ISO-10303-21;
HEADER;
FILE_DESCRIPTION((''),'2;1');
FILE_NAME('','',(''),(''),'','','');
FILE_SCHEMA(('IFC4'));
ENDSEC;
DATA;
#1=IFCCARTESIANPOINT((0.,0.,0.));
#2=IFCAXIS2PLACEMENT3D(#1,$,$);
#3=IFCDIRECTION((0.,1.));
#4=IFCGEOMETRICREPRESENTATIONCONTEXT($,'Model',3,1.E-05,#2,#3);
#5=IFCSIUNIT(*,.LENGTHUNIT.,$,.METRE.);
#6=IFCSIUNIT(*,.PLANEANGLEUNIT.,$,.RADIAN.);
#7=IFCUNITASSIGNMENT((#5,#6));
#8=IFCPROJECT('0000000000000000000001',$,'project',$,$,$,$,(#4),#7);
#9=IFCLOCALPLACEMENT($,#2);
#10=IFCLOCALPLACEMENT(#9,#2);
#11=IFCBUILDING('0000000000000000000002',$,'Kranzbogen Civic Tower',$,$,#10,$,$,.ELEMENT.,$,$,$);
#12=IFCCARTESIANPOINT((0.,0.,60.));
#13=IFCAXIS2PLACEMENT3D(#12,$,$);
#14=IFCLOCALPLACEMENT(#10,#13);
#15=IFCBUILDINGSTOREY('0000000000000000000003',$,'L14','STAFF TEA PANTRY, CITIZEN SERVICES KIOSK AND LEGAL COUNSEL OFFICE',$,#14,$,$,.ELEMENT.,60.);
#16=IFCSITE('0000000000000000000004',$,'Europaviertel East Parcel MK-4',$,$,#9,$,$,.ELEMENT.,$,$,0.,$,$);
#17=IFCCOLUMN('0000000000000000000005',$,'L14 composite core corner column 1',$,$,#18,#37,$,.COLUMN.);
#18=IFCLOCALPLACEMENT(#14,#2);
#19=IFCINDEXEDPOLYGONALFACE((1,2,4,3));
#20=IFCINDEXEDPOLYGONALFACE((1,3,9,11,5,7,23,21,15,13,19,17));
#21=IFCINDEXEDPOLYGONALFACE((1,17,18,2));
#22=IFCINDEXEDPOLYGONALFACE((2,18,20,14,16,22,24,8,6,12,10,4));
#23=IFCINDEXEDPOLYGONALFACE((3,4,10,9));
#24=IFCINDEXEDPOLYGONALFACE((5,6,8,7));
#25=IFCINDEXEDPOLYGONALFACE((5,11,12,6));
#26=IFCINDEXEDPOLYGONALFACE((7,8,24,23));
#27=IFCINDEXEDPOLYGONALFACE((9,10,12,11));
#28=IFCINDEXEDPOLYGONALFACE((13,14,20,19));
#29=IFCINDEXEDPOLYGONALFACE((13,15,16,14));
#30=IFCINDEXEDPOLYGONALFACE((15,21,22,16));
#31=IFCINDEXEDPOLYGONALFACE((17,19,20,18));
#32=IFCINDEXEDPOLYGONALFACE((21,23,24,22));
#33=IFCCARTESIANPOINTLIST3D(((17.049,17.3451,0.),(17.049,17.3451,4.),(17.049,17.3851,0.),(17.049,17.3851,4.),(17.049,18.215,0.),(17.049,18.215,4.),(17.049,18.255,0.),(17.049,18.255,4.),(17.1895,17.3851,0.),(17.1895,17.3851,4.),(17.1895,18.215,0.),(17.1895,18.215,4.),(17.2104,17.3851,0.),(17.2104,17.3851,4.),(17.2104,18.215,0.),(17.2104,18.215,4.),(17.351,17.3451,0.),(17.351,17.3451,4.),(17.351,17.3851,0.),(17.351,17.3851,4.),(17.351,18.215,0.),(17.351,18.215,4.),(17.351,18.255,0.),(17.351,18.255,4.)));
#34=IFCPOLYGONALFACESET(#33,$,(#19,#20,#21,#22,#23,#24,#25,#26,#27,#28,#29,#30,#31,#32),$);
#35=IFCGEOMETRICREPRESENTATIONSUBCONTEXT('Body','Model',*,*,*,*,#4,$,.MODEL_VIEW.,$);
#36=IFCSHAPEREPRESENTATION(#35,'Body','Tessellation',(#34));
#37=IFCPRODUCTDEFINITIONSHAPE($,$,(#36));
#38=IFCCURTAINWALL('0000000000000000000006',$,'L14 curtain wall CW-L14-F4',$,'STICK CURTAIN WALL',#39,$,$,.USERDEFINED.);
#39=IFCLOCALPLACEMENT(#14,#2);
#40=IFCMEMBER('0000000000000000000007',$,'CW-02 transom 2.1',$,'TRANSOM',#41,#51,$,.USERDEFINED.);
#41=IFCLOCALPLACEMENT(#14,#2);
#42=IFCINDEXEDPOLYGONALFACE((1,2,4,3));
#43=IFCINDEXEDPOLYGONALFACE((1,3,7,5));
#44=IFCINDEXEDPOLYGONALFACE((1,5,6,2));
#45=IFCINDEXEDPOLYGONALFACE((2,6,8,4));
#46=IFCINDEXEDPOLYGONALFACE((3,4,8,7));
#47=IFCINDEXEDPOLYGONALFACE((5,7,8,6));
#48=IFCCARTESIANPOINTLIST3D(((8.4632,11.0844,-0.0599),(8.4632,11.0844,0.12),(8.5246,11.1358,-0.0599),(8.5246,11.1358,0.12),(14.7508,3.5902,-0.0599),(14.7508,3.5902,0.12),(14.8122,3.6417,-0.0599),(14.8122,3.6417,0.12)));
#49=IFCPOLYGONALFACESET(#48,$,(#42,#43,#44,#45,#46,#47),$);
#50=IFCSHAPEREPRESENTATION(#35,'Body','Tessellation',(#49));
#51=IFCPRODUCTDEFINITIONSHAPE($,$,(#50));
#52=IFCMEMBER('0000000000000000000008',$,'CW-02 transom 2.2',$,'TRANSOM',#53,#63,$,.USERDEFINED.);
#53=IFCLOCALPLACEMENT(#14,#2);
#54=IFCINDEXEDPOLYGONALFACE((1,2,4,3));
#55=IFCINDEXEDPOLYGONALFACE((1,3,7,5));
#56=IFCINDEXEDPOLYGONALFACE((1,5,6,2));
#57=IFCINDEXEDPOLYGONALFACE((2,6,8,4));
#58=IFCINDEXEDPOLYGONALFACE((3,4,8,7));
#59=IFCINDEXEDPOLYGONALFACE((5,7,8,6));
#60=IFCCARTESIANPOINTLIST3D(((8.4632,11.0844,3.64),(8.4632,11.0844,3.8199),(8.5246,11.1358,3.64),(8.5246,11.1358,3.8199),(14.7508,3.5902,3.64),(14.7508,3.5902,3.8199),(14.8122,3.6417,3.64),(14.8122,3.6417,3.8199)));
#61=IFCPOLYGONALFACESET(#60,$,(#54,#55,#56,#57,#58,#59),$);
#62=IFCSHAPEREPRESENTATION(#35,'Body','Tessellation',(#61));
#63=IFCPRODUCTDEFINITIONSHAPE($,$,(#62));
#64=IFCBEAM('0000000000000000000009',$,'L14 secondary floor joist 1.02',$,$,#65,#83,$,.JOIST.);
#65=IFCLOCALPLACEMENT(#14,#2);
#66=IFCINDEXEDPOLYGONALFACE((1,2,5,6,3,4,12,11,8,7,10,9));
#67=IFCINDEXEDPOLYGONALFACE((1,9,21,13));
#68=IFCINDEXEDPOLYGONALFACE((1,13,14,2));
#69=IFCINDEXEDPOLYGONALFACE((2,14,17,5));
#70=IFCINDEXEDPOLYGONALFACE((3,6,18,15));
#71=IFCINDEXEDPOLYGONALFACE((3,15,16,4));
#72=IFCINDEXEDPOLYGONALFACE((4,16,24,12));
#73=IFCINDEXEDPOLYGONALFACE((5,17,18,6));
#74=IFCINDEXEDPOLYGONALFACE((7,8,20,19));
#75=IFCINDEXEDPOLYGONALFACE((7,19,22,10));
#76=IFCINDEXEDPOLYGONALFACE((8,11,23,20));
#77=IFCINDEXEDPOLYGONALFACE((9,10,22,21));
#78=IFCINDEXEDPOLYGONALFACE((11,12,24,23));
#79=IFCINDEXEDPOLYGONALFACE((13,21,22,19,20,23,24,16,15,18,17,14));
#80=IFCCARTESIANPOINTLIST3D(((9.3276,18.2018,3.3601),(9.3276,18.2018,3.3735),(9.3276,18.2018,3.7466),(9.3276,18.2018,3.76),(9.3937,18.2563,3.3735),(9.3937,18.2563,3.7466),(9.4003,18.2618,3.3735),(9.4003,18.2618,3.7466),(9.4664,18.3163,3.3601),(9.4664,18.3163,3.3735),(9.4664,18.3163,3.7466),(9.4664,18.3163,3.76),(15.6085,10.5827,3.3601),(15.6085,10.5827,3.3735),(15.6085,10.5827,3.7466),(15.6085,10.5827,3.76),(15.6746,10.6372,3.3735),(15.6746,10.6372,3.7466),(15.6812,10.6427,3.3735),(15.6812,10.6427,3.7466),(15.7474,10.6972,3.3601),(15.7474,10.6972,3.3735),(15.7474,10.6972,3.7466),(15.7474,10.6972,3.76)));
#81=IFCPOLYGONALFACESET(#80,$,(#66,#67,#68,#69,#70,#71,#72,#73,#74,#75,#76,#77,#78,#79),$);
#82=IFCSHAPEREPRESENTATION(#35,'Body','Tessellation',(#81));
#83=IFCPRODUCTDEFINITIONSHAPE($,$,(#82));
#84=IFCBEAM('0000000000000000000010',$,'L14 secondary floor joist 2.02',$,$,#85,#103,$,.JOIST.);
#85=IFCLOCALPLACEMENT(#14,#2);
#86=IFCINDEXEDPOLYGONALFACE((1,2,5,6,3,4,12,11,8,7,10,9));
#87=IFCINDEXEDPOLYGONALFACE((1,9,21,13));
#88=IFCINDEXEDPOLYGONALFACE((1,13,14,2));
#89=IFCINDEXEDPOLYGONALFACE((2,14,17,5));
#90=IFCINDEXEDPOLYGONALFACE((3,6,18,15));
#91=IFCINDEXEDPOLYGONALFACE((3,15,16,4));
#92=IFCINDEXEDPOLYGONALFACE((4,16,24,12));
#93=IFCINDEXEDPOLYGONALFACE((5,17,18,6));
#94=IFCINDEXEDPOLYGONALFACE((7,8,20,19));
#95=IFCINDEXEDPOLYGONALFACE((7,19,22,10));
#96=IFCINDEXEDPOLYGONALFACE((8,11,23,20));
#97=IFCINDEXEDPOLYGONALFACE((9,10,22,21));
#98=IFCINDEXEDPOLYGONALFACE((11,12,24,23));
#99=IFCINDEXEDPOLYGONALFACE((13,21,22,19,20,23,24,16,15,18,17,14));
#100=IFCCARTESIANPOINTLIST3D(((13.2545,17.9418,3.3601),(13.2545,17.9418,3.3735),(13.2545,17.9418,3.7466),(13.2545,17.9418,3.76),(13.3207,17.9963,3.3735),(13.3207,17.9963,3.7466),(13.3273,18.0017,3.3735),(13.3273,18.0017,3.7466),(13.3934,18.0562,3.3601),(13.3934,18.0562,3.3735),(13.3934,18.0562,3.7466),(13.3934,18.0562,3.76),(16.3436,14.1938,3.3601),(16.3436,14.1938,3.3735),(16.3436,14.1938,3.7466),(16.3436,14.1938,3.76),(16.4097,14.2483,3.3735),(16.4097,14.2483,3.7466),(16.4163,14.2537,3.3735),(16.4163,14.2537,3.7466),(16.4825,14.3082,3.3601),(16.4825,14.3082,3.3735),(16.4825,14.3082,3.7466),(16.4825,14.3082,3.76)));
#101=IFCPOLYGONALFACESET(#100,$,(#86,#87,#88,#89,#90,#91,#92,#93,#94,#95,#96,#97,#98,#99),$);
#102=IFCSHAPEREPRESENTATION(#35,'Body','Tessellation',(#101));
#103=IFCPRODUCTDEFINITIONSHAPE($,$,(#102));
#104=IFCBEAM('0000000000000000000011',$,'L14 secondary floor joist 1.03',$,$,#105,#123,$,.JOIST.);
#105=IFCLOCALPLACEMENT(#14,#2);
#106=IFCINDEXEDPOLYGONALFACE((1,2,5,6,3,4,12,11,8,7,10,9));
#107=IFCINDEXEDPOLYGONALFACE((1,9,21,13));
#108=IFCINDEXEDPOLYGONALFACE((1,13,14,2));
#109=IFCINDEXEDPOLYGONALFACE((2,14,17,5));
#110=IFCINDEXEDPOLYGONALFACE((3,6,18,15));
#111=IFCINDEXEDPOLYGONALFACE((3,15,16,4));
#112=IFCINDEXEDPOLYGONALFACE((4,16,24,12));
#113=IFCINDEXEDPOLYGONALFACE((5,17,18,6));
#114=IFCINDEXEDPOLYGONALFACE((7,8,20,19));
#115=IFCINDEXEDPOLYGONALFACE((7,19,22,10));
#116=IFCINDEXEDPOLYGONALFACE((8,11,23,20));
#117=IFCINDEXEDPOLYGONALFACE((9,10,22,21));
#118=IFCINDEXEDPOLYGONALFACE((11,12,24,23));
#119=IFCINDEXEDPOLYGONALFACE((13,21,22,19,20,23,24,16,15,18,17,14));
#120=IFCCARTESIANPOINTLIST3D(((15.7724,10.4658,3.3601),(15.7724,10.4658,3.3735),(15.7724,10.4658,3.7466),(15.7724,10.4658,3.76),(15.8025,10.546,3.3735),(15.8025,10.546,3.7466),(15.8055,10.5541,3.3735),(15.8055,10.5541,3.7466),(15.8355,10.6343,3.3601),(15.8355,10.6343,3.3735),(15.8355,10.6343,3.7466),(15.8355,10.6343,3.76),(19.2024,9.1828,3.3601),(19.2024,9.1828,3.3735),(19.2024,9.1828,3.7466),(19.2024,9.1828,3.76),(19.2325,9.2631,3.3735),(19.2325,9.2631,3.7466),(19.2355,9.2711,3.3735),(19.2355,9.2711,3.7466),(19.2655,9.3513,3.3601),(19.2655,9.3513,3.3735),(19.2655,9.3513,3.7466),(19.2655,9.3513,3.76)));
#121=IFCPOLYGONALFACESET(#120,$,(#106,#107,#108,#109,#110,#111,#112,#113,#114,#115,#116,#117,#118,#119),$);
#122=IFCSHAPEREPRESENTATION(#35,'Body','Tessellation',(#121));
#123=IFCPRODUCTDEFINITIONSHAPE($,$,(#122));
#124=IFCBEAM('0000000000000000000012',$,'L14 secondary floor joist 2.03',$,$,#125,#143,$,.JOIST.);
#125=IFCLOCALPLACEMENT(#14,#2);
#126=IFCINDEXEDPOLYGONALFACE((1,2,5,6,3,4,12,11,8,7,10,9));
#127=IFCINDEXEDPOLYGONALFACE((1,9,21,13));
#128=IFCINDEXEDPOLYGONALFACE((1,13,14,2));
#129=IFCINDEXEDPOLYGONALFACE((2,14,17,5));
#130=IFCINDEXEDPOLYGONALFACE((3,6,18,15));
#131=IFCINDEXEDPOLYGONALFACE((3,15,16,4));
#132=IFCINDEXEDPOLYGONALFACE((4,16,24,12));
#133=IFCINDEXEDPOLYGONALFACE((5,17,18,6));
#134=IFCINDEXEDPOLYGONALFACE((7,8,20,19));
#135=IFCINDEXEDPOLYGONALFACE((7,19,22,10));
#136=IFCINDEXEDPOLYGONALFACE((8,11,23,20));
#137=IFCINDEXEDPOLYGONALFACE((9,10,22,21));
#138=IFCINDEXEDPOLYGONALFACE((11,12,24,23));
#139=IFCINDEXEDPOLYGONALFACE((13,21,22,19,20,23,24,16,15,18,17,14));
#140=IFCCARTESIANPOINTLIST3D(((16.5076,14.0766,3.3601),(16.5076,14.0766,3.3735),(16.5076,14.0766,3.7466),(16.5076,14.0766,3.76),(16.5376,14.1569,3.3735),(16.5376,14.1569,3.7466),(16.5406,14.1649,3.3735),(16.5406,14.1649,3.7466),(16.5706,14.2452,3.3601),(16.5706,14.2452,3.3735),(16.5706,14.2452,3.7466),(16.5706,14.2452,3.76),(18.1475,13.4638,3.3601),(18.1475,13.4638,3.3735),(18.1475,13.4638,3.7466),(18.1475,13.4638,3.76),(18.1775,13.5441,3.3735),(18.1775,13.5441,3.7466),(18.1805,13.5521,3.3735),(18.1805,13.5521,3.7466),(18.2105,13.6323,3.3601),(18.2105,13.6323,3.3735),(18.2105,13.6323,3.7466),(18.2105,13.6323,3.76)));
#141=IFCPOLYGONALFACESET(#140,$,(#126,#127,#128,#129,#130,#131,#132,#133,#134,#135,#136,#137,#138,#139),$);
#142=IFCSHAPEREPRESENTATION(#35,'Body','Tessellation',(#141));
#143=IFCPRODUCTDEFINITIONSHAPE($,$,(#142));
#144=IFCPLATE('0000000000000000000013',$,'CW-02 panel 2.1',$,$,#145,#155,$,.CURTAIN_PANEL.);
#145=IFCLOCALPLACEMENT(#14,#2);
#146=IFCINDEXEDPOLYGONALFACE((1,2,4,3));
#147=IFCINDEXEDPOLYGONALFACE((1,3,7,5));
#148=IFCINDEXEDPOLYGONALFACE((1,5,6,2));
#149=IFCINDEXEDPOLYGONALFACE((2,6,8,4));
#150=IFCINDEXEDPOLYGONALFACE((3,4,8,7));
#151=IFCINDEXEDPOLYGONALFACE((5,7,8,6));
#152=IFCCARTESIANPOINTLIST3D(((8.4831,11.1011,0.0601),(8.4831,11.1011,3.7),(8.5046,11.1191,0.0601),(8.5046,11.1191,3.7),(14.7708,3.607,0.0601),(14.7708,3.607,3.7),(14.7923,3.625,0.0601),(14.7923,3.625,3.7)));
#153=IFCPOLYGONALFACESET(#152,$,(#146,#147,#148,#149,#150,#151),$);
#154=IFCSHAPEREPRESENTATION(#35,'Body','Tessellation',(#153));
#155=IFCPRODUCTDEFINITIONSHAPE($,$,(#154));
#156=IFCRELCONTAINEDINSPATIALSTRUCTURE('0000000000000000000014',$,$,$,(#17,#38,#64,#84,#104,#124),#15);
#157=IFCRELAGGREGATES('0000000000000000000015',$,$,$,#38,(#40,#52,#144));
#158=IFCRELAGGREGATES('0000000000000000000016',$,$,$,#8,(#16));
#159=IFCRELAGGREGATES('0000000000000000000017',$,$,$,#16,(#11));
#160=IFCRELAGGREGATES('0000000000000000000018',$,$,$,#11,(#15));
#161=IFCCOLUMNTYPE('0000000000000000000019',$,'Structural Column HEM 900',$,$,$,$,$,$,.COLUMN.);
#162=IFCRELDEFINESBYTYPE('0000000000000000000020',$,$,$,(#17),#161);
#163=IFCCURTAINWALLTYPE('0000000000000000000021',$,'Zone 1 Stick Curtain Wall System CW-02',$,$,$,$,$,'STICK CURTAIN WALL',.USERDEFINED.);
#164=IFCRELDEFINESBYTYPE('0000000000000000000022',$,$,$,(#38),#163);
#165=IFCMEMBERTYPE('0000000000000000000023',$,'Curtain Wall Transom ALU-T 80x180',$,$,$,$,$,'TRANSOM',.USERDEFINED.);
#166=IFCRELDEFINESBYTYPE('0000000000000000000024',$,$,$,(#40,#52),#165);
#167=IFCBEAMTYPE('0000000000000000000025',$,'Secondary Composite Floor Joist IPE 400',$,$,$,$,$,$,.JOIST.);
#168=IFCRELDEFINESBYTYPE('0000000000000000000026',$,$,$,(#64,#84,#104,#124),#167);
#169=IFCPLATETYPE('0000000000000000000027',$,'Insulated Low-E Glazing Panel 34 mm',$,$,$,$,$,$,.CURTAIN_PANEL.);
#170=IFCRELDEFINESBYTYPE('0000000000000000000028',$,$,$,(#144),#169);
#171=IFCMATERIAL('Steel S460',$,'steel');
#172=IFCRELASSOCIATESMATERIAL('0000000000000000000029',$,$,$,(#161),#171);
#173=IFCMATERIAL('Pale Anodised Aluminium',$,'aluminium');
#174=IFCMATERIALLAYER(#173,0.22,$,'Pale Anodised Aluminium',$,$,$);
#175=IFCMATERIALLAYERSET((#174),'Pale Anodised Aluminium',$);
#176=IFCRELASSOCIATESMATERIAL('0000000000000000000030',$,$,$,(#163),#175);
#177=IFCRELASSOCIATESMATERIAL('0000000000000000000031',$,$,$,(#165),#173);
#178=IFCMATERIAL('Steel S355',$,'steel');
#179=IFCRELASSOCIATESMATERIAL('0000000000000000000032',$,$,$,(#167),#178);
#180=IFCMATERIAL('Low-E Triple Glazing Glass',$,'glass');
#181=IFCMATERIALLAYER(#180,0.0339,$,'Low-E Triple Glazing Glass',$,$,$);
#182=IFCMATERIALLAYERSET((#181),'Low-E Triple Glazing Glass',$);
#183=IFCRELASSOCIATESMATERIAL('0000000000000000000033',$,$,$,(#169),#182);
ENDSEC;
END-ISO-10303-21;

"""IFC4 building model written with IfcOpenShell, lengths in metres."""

from ifc_helpers import new_model, si_unit, direction, frame, origin, origin_2d, place, context, subcontext, project, spatial, rectangle, i_section, extrude, material, layer, layer_set, material_profile, profile_set, type_object, element, aggregate, save


model = new_model("IFC4")

# Units and contexts
model_context = context("Model", 3, precision=1e-05, world=origin(), true_north=direction((0.0, 1.0)))
body_context = subcontext(model_context, "Body", "Model", "MODEL_VIEW")
ifc_project = project(units=[si_unit("LENGTHUNIT", "METRE"), si_unit("PLANEANGLEUNIT", "RADIAN")], contexts=[model_context])

# Site, building, storey
site_placement = place(None, origin())
site = spatial("IfcSite", under=ifc_project, at=site_placement, Name="Europaviertel East Parcel MK-4", CompositionType="ELEMENT", RefElevation=0.0)
building_placement = place(site_placement, origin())
building = spatial("IfcBuilding", under=site, at=building_placement, Name="Kranzbogen Civic Tower", CompositionType="ELEMENT")
storey_placement = place(building_placement, frame((0.0, 0.0, 60.0)))
storey = spatial("IfcBuildingStorey", under=building, at=storey_placement, Name="L14", Description="STAFF TEA PANTRY, CITIZEN SERVICES KIOSK AND LEGAL COUNSEL OFFICE", CompositionType="ELEMENT", Elevation=60.0)

# Column
ifc_material_1 = material(Name="Steel S460", Category="steel")
ifc_material_profile_1 = material_profile(ifc_material_1, i_section(OverallWidth=0.302, OverallDepth=0.9099, WebThickness=0.021, FlangeThickness=0.04, at=origin_2d()), Name="HEM 900")
ifc_profile_set_1 = profile_set([ifc_material_profile_1], Name="Steel S460")
column_type = type_object("IfcColumnType", Name="Structural Column HEM 900", PredefinedType="COLUMN", material=ifc_profile_set_1)
column_placement = place(storey_placement, frame((17.2, 17.8, 0.0), z_axis=(0.0, 0.0, 1.0), x_axis=(1.0, 0.0, 0.0)))
element("IfcColumn", 1, at=column_placement, inside=storey, type_object=column_type, Name="L14 composite core corner column 1", PredefinedType="COLUMN", context=body_context, shape_type="SweptSolid", body=[
    extrude(i_section(OverallWidth=0.302, OverallDepth=0.9099, WebThickness=0.021, FlangeThickness=0.04, at=origin_2d()), origin(), (0.0, 0.0, 1.0), 4.0),
])

# Curtain wall, members
ifc_material_2 = material(Name="Pale Anodised Aluminium", Category="aluminium")
ifc_layer_1 = layer(ifc_material_2, 0.22, Name="Pale Anodised Aluminium")
ifc_layer_set_1 = layer_set([ifc_layer_1], Name="Pale Anodised Aluminium")
curtain_wall_type = type_object("IfcCurtainWallType", Name="Zone 1 Stick Curtain Wall System CW-02", ElementType="STICK CURTAIN WALL", PredefinedType="USERDEFINED", material=ifc_layer_set_1)
curtain_wall_placement = place(storey_placement, origin())
curtain_wall = element("IfcCurtainWall", 2, at=curtain_wall_placement, inside=storey, type_object=curtain_wall_type, Name="L14 curtain wall CW-L14-F4", ObjectType="STICK CURTAIN WALL", PredefinedType="USERDEFINED")
ifc_material_profile_2 = material_profile(ifc_material_2, rectangle(XDim=0.0801, YDim=0.1799, at=origin_2d()), Name="ALU-T 80x180")
ifc_profile_set_2 = profile_set([ifc_material_profile_2], Name="Pale Anodised Aluminium")
member_type = type_object("IfcMemberType", Name="Curtain Wall Transom ALU-T 80x180", ElementType="TRANSOM", PredefinedType="USERDEFINED", material=ifc_profile_set_2)
member_1_placement = place(storey_placement, frame((8.4939, 11.1101, 0.03), z_axis=(0.642744, -0.766081, 0.0), x_axis=(0.766081, 0.642744, 0.0)))
member_1 = element("IfcMember", 3, at=member_1_placement, type_object=member_type, Name="CW-02 transom 2.1", ObjectType="TRANSOM", PredefinedType="USERDEFINED", context=body_context, shape_type="SweptSolid", body=[
    extrude(rectangle(XDim=0.0801, YDim=0.1799, at=origin_2d()), origin(), (0.0, 0.0, 1.0), 9.7825),
])
member_2_placement = place(storey_placement, frame((8.4939, 11.1101, 3.73), z_axis=(0.642744, -0.766081, 0.0), x_axis=(0.766081, 0.642744, 0.0)))
member_2 = element("IfcMember", 4, at=member_2_placement, type_object=member_type, Name="CW-02 transom 2.2", ObjectType="TRANSOM", PredefinedType="USERDEFINED", context=body_context, shape_type="SweptSolid", body=[
    extrude(rectangle(XDim=0.0801, YDim=0.1799, at=origin_2d()), origin(), (0.0, 0.0, 1.0), 9.7825),
])

# Beams
ifc_material_3 = material(Name="Steel S355", Category="steel")
ifc_material_profile_3 = material_profile(ifc_material_3, i_section(OverallWidth=0.1799, OverallDepth=0.3999, WebThickness=0.0085, FlangeThickness=0.0134, at=origin_2d()), Name="IPE 400")
ifc_profile_set_3 = profile_set([ifc_material_profile_3], Name="Steel S355")
beam_type = type_object("IfcBeamType", Name="Secondary Composite Floor Joist IPE 400", PredefinedType="JOIST", material=ifc_profile_set_3)
beam_1_placement = place(storey_placement, frame((9.397, 18.259, 3.5601), z_axis=(0.636095, -0.771611, 0.0), x_axis=(0.771611, 0.636095, 0.0)))
element("IfcBeam", 5, at=beam_1_placement, inside=storey, type_object=beam_type, Name="L14 secondary floor joist 1.02", PredefinedType="JOIST", context=body_context, shape_type="SweptSolid", body=[
    extrude(i_section(OverallWidth=0.1799, OverallDepth=0.3999, WebThickness=0.0085, FlangeThickness=0.0134, at=origin_2d()), origin(), (0.0, 0.0, 1.0), 9.8743),
])
beam_2_placement = place(storey_placement, frame((13.324, 17.999, 3.5601), z_axis=(0.636012, -0.771679, 0.0), x_axis=(0.771679, 0.636012, 0.0)))
element("IfcBeam", 6, at=beam_2_placement, inside=storey, type_object=beam_type, Name="L14 secondary floor joist 2.02", PredefinedType="JOIST", context=body_context, shape_type="SweptSolid", body=[
    extrude(i_section(OverallWidth=0.1799, OverallDepth=0.3999, WebThickness=0.0085, FlangeThickness=0.0134, at=origin_2d()), origin(), (0.0, 0.0, 1.0), 4.8569),
])
beam_3_placement = place(storey_placement, frame((15.804, 10.55, 3.5601), z_axis=(0.936622, -0.350342, 0.0), x_axis=(0.350342, 0.936622, 0.0)))
element("IfcBeam", 7, at=beam_3_placement, inside=storey, type_object=beam_type, Name="L14 secondary floor joist 1.03", PredefinedType="JOIST", context=body_context, shape_type="SweptSolid", body=[
    extrude(i_section(OverallWidth=0.1799, OverallDepth=0.3999, WebThickness=0.0085, FlangeThickness=0.0134, at=origin_2d()), origin(), (0.0, 0.0, 1.0), 3.6621),
])
beam_4_placement = place(storey_placement, frame((16.5391, 14.1609, 3.5601), z_axis=(0.936735, -0.350038, 0.0), x_axis=(0.350038, 0.936735, 0.0)))
element("IfcBeam", 8, at=beam_4_placement, inside=storey, type_object=beam_type, Name="L14 secondary floor joist 2.03", PredefinedType="JOIST", context=body_context, shape_type="SweptSolid", body=[
    extrude(i_section(OverallWidth=0.1799, OverallDepth=0.3999, WebThickness=0.0085, FlangeThickness=0.0134, at=origin_2d()), origin(), (0.0, 0.0, 1.0), 1.7507),
])

# Plate
ifc_material_4 = material(Name="Low-E Triple Glazing Glass", Category="glass")
ifc_layer_2 = layer(ifc_material_4, 0.0339, Name="Low-E Triple Glazing Glass")
ifc_layer_set_2 = layer_set([ifc_layer_2], Name="Low-E Triple Glazing Glass")
plate_type = type_object("IfcPlateType", Name="Insulated Low-E Glazing Panel 34 mm", PredefinedType="CURTAIN_PANEL", material=ifc_layer_set_2)
plate_placement = place(storey_placement, frame((11.6377, 7.363, 0.0601), z_axis=(0.0, 0.0, 1.0), x_axis=(0.642751, -0.766075, 0.0)))
plate = element("IfcPlate", 9, at=plate_placement, type_object=plate_type, Name="CW-02 panel 2.1", PredefinedType="CURTAIN_PANEL", context=body_context, shape_type="SweptSolid", body=[
    extrude(rectangle(XDim=9.7825, YDim=0.0281, at=origin_2d()), origin(), (0.0, 0.0, 1.0), 3.6399),
])
aggregate(curtain_wall, [member_1, member_2, plate])

save(model, "model.ifc")
